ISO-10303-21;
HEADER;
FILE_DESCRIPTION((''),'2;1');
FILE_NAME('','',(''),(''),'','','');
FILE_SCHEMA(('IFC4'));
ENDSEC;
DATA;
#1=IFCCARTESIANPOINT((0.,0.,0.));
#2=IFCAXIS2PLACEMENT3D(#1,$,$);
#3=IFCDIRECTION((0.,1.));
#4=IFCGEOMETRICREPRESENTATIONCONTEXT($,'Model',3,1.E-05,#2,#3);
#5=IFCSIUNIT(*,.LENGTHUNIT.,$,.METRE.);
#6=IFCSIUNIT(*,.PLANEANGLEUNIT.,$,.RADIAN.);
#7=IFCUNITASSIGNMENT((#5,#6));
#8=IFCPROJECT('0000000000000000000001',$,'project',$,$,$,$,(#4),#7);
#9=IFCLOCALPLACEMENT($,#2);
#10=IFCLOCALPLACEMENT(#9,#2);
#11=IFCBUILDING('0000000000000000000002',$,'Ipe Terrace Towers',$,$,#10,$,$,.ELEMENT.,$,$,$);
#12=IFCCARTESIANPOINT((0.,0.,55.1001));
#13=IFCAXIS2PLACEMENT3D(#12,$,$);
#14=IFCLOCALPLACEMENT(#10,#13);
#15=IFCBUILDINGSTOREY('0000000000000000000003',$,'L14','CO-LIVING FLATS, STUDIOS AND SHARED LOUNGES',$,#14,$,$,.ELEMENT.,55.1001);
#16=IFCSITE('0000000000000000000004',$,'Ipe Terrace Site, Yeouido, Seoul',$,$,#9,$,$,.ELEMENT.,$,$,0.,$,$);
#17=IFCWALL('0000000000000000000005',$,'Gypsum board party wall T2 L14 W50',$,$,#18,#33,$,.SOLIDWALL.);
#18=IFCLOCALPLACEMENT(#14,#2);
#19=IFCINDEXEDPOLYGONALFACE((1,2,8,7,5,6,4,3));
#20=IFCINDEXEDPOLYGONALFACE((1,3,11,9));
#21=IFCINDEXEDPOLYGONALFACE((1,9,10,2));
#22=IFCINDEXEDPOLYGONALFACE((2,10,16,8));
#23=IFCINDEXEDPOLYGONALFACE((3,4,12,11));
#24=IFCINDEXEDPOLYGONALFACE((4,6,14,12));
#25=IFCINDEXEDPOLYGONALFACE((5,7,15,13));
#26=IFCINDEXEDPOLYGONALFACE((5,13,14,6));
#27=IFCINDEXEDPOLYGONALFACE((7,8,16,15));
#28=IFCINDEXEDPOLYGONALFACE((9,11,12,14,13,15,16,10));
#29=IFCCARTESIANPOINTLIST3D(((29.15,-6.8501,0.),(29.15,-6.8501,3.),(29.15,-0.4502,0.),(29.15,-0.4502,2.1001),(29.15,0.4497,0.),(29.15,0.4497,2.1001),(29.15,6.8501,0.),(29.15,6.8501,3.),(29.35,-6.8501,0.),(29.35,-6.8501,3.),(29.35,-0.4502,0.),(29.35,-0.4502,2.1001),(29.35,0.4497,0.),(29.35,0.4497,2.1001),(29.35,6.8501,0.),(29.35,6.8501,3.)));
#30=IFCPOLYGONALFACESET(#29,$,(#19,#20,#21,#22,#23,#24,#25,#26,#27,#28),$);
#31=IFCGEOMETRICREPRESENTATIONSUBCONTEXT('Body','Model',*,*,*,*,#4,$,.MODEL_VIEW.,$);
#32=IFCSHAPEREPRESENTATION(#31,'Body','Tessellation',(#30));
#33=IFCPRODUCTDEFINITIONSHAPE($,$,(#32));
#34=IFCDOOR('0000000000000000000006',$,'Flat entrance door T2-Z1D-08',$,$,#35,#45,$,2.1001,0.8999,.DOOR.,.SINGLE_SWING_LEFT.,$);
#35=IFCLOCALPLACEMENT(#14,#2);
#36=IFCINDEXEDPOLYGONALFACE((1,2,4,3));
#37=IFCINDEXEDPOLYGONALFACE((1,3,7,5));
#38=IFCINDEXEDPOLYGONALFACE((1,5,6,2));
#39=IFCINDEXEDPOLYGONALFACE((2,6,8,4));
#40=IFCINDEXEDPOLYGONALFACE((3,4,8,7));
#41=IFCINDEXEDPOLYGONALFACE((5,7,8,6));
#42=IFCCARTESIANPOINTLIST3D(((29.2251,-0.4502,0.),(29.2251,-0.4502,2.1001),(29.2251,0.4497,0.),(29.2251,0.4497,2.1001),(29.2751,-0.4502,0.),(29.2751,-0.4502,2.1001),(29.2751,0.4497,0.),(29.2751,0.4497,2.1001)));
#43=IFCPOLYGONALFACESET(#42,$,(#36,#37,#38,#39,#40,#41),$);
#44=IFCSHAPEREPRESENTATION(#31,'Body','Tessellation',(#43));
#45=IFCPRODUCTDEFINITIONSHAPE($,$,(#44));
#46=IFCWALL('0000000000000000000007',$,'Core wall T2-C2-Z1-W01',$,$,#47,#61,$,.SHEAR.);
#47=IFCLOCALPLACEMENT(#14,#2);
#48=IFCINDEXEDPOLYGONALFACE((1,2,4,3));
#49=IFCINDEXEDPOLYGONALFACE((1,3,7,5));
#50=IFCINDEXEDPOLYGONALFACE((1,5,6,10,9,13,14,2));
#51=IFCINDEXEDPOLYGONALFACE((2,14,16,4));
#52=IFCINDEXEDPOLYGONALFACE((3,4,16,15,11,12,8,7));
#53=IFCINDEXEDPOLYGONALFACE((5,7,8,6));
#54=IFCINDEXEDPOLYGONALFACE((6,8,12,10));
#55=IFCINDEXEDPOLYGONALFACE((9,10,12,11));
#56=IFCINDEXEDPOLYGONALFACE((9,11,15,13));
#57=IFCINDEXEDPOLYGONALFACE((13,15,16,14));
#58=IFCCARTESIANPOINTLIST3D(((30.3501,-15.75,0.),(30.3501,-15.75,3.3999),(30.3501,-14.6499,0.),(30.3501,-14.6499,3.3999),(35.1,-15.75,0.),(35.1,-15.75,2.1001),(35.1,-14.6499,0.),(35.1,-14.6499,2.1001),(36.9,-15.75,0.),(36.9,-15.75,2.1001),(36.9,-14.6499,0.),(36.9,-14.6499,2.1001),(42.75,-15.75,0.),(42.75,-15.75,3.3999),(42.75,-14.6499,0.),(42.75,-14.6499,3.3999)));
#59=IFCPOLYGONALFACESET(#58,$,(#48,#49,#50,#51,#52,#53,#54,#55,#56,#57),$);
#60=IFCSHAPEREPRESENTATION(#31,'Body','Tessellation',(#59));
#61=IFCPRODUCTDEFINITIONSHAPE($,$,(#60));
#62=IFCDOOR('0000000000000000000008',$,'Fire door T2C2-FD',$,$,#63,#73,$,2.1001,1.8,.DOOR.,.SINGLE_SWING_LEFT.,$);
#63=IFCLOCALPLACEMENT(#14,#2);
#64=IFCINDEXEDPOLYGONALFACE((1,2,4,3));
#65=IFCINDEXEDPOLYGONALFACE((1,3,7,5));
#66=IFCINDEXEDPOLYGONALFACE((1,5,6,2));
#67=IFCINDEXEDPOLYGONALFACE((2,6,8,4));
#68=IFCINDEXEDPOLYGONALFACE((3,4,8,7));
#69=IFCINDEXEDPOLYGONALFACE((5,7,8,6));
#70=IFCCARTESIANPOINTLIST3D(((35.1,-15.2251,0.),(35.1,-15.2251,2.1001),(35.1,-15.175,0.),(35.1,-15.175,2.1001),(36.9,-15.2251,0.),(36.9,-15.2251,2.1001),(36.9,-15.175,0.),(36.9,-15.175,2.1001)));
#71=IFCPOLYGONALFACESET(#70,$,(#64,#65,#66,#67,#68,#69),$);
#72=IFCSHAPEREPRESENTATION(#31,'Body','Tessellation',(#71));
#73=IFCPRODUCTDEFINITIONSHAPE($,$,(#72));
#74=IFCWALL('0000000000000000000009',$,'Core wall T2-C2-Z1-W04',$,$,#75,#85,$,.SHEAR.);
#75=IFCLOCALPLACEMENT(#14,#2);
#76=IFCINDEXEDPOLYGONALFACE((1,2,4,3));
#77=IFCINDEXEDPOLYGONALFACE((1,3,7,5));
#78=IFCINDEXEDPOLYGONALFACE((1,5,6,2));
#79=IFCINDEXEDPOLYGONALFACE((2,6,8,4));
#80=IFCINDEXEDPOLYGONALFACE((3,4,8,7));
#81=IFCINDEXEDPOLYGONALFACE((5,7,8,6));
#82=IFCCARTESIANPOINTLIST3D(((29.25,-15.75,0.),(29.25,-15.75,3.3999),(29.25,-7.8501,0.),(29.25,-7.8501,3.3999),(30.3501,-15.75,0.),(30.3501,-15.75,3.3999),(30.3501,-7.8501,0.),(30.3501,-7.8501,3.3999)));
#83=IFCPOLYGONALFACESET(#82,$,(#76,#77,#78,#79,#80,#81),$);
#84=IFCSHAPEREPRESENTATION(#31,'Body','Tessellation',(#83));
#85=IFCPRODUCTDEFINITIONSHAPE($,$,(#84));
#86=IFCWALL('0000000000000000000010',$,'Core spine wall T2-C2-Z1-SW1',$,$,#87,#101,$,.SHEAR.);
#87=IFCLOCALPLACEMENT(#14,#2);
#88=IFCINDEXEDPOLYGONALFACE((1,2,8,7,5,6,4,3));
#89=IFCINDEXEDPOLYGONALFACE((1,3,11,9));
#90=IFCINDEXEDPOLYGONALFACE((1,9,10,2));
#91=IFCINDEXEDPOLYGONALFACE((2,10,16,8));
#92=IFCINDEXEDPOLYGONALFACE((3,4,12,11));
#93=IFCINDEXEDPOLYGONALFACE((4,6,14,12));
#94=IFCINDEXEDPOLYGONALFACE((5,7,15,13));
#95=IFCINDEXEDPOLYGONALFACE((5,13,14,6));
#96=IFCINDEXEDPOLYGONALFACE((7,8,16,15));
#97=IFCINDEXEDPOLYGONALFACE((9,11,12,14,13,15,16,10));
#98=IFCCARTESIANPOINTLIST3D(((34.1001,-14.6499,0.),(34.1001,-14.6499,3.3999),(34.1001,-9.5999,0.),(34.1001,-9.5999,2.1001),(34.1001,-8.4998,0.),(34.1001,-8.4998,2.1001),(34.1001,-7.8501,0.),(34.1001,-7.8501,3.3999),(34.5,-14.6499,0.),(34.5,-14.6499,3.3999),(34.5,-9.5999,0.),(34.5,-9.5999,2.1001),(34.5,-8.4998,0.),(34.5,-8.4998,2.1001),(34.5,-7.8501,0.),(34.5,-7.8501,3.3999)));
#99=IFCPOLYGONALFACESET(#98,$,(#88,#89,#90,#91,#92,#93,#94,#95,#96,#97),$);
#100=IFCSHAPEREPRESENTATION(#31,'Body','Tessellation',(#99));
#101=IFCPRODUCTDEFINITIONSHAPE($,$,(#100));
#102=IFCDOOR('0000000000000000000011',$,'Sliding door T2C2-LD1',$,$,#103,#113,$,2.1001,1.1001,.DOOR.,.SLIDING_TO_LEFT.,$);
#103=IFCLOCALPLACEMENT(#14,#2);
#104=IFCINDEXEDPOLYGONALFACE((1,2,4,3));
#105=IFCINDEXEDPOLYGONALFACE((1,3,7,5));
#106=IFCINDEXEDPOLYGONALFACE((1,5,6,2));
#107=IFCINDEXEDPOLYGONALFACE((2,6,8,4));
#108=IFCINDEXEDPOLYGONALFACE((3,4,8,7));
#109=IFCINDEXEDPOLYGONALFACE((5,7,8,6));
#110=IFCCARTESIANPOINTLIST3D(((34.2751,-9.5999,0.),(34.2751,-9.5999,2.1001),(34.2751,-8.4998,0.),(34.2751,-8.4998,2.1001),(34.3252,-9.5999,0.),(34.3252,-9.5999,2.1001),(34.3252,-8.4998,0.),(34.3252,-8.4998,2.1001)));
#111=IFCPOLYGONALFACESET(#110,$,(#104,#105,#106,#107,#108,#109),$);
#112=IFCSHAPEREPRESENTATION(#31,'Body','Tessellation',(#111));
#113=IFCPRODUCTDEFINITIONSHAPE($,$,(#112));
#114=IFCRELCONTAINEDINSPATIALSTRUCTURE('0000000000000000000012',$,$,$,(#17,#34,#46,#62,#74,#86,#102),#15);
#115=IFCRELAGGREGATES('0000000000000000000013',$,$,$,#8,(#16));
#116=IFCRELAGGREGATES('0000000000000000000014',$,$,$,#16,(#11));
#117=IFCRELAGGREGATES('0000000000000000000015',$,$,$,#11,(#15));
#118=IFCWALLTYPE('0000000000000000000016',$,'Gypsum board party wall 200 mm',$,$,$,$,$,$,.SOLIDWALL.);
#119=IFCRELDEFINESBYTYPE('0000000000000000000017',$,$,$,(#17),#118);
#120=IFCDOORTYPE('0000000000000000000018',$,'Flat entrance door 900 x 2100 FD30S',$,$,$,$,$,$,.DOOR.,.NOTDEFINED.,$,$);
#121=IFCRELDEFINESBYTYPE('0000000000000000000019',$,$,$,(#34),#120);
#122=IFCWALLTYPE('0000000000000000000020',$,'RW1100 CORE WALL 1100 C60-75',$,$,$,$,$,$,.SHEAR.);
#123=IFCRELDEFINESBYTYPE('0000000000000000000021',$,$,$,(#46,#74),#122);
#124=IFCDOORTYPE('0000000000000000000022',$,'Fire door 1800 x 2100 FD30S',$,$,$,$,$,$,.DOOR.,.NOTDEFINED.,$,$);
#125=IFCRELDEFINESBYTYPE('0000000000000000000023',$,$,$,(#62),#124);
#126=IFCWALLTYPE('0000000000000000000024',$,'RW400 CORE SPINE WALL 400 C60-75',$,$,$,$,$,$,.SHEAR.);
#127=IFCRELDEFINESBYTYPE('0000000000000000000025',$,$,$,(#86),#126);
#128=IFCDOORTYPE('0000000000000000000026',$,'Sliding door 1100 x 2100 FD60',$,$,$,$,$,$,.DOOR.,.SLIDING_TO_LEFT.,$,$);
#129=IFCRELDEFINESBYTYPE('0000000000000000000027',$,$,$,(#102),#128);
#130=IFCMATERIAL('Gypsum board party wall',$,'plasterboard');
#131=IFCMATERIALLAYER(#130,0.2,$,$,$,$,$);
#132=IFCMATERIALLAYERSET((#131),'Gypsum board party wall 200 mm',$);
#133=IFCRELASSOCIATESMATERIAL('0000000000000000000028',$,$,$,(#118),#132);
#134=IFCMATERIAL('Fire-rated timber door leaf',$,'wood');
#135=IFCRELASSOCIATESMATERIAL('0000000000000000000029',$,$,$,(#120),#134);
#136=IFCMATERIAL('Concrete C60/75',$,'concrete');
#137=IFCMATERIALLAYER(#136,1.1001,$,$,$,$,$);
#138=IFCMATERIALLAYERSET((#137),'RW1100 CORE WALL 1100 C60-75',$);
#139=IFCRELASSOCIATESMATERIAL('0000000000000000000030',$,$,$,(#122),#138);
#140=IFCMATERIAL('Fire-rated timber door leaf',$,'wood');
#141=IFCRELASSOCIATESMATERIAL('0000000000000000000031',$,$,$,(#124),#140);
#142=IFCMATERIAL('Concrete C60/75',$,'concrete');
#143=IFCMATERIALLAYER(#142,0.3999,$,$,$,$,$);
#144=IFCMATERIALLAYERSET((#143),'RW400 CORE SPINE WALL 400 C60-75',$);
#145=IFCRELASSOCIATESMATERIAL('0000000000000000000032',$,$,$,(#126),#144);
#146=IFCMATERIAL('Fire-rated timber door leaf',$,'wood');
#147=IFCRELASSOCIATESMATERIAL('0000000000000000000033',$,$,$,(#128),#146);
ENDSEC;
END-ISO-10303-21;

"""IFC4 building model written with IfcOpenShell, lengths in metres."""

from ifc_helpers import new_model, si_unit, direction, frame, frame_2d, origin, place, context, subcontext, project, spatial, rectangle, extrude, material, layer, layer_set, type_object, element, fill, save


model = new_model("IFC4")

# Units and contexts
model_context = context("Model", 3, precision=1e-05, world=origin(), true_north=direction((0.0, 1.0)))
body_context = subcontext(model_context, "Body", "Model", "MODEL_VIEW")
ifc_project = project(units=[si_unit("LENGTHUNIT", "METRE"), si_unit("PLANEANGLEUNIT", "RADIAN")], contexts=[model_context])

# Site, building, storey
site_placement = place(None, origin())
site = spatial("IfcSite", under=ifc_project, at=site_placement, Name="Ipe Terrace Site, Yeouido, Seoul", CompositionType="ELEMENT", RefElevation=0.0)
building_placement = place(site_placement, origin())
building = spatial("IfcBuilding", under=site, at=building_placement, Name="Ipe Terrace Towers", CompositionType="ELEMENT")
storey_placement = place(building_placement, frame((0.0, 0.0, 55.1001)))
storey = spatial("IfcBuildingStorey", under=building, at=storey_placement, Name="L14", Description="CO-LIVING FLATS, STUDIOS AND SHARED LOUNGES", CompositionType="ELEMENT", Elevation=55.1001)

# Shared definitions
ifc_material_1 = material(Name="Gypsum board party wall", Category="plasterboard")
ifc_layer_1 = layer(ifc_material_1, 0.2)
ifc_layer_set_1 = layer_set([ifc_layer_1], Name="Gypsum board party wall 200 mm")
wall_type_1 = type_object("IfcWallType", Name="Gypsum board party wall 200 mm", PredefinedType="SOLIDWALL", material=ifc_layer_set_1)

# Walls, openings, doors
wall_1_placement = place(storey_placement, frame((29.25, -6.8501, 0.0), z_axis=(0.0, 0.0, 1.0), x_axis=(0.0, 1.0, 0.0)))
wall_1 = element("IfcWall", 1, at=wall_1_placement, inside=storey, type_object=wall_type_1, Name="Gypsum board party wall T2 L14 W50", PredefinedType="SOLIDWALL", context=body_context, shape_type="SweptSolid", body=[
    extrude(rectangle(XDim=13.7002, YDim=0.2, at=frame_2d((6.8501, 0.0))), origin(), (0.0, 0.0, 1.0), 3.0),
])
opening_1_placement = place(wall_1_placement, frame((6.3999, 0.0, 0.0)))
opening_1 = element("IfcOpeningElement", 2, at=opening_1_placement, cuts=wall_1, PredefinedType="OPENING", context=body_context, shape_type="SweptSolid", body=[
    extrude(rectangle(XDim=0.8999, YDim=2.1001, at=frame_2d((0.45, 1.05))), frame((0.0, 0.1099, 0.0), z_axis=(0.0, -1.0, 0.0), x_axis=(1.0, 0.0, 0.0)), (0.0, 0.0, 1.0), 0.22),
])
ifc_material_2 = material(Name="Fire-rated timber door leaf", Category="wood")
door_type_1 = type_object("IfcDoorType", Name="Flat entrance door 900 x 2100 FD30S", OperationType="NOTDEFINED", PredefinedType="DOOR", material=ifc_material_2)
door_1_placement = place(opening_1_placement, origin())
door_1 = element("IfcDoor", 3, at=door_1_placement, inside=storey, type_object=door_type_1, Name="Flat entrance door T2-Z1D-08", OperationType="SINGLE_SWING_LEFT", OverallHeight=2.1001, OverallWidth=0.8999, PredefinedType="DOOR", context=body_context, shape_type="SweptSolid", body=[
    extrude(rectangle(XDim=0.8999, YDim=2.1001, at=frame_2d((0.45, 1.05))), frame((0.0, 0.0249, 0.0), z_axis=(0.0, -1.0, 0.0), x_axis=(1.0, 0.0, 0.0)), (0.0, 0.0, 1.0), 0.05),
])
fill(opening_1, door_1)
ifc_material_3 = material(Name="Concrete C60/75", Category="concrete")
ifc_layer_2 = layer(ifc_material_3, 1.1001)
ifc_layer_set_2 = layer_set([ifc_layer_2], Name="RW1100 CORE WALL 1100 C60-75")
wall_type_2 = type_object("IfcWallType", Name="RW1100 CORE WALL 1100 C60-75", PredefinedType="SHEAR", material=ifc_layer_set_2)
wall_2_placement = place(storey_placement, frame((30.3501, -15.2, 0.0), z_axis=(0.0, 0.0, 1.0), x_axis=(1.0, 0.0, 0.0)))
wall_2 = element("IfcWall", 4, at=wall_2_placement, inside=storey, type_object=wall_type_2, Name="Core wall T2-C2-Z1-W01", PredefinedType="SHEAR", context=body_context, shape_type="SweptSolid", body=[
    extrude(rectangle(XDim=12.3999, YDim=1.1001, at=frame_2d((6.2, 0.0))), origin(), (0.0, 0.0, 1.0), 3.3999),
])
opening_2_placement = place(wall_2_placement, frame((4.75, 0.0, 0.0)))
opening_2 = element("IfcOpeningElement", 5, at=opening_2_placement, cuts=wall_2, PredefinedType="OPENING", context=body_context, shape_type="SweptSolid", body=[
    extrude(rectangle(XDim=1.8, YDim=2.1001, at=frame_2d((0.8999, 1.05))), frame((0.0, 0.5601, 0.0), z_axis=(0.0, -1.0, 0.0), x_axis=(1.0, 0.0, 0.0)), (0.0, 0.0, 1.0), 1.1201),
])
ifc_material_4 = material(Name="Fire-rated timber door leaf", Category="wood")
door_type_2 = type_object("IfcDoorType", Name="Fire door 1800 x 2100 FD30S", OperationType="NOTDEFINED", PredefinedType="DOOR", material=ifc_material_4)
door_2_placement = place(opening_2_placement, origin())
door_2 = element("IfcDoor", 6, at=door_2_placement, inside=storey, type_object=door_type_2, Name="Fire door T2C2-FD", OperationType="SINGLE_SWING_LEFT", OverallHeight=2.1001, OverallWidth=1.8, PredefinedType="DOOR", context=body_context, shape_type="SweptSolid", body=[
    extrude(rectangle(XDim=1.8, YDim=2.1001, at=frame_2d((0.8999, 1.05))), frame((0.0, 0.0249, 0.0), z_axis=(0.0, -1.0, 0.0), x_axis=(1.0, 0.0, 0.0)), (0.0, 0.0, 1.0), 0.05),
])
fill(opening_2, door_2)

# Wall
wall_3_placement = place(storey_placement, frame((29.8, -7.8501, 0.0), z_axis=(0.0, 0.0, 1.0), x_axis=(0.0, -1.0, 0.0)))
element("IfcWall", 7, at=wall_3_placement, inside=storey, type_object=wall_type_2, Name="Core wall T2-C2-Z1-W04", PredefinedType="SHEAR", context=body_context, shape_type="SweptSolid", body=[
    extrude(rectangle(XDim=7.8999, YDim=1.1001, at=frame_2d((3.95, 0.0))), origin(), (0.0, 0.0, 1.0), 3.3999),
])

# Wall, opening, door
ifc_material_5 = material(Name="Concrete C60/75", Category="concrete")
ifc_layer_3 = layer(ifc_material_5, 0.3999)
ifc_layer_set_3 = layer_set([ifc_layer_3], Name="RW400 CORE SPINE WALL 400 C60-75")
wall_type_3 = type_object("IfcWallType", Name="RW400 CORE SPINE WALL 400 C60-75", PredefinedType="SHEAR", material=ifc_layer_set_3)
wall_4_placement = place(storey_placement, frame((34.3, -14.6499, 0.0), z_axis=(0.0, 0.0, 1.0), x_axis=(0.0, 1.0, 0.0)))
wall_4 = element("IfcWall", 8, at=wall_4_placement, inside=storey, type_object=wall_type_3, Name="Core spine wall T2-C2-Z1-SW1", PredefinedType="SHEAR", context=body_context, shape_type="SweptSolid", body=[
    extrude(rectangle(XDim=6.7998, YDim=0.3999, at=frame_2d((3.3999, 0.0))), origin(), (0.0, 0.0, 1.0), 3.3999),
])
opening_3_placement = place(wall_4_placement, frame((5.05, 0.0, 0.0)))
opening_3 = element("IfcOpeningElement", 9, at=opening_3_placement, cuts=wall_4, PredefinedType="OPENING", context=body_context, shape_type="SweptSolid", body=[
    extrude(rectangle(XDim=1.1001, YDim=2.1001, at=frame_2d((0.55, 1.05))), frame((0.0, 0.21, 0.0), z_axis=(0.0, -1.0, 0.0), x_axis=(1.0, 0.0, 0.0)), (0.0, 0.0, 1.0), 0.4199),
])
ifc_material_6 = material(Name="Fire-rated timber door leaf", Category="wood")
door_type_3 = type_object("IfcDoorType", Name="Sliding door 1100 x 2100 FD60", OperationType="SLIDING_TO_LEFT", PredefinedType="DOOR", material=ifc_material_6)
door_3_placement = place(opening_3_placement, origin())
door_3 = element("IfcDoor", 10, at=door_3_placement, inside=storey, type_object=door_type_3, Name="Sliding door T2C2-LD1", OperationType="SLIDING_TO_LEFT", OverallHeight=2.1001, OverallWidth=1.1001, PredefinedType="DOOR", context=body_context, shape_type="SweptSolid", body=[
    extrude(rectangle(XDim=1.1001, YDim=2.1001, at=frame_2d((0.55, 1.05))), frame((0.0, 0.0249, 0.0), z_axis=(0.0, -1.0, 0.0), x_axis=(1.0, 0.0, 0.0)), (0.0, 0.0, 1.0), 0.05),
])
fill(opening_3, door_3)

save(model, "model.ifc")
